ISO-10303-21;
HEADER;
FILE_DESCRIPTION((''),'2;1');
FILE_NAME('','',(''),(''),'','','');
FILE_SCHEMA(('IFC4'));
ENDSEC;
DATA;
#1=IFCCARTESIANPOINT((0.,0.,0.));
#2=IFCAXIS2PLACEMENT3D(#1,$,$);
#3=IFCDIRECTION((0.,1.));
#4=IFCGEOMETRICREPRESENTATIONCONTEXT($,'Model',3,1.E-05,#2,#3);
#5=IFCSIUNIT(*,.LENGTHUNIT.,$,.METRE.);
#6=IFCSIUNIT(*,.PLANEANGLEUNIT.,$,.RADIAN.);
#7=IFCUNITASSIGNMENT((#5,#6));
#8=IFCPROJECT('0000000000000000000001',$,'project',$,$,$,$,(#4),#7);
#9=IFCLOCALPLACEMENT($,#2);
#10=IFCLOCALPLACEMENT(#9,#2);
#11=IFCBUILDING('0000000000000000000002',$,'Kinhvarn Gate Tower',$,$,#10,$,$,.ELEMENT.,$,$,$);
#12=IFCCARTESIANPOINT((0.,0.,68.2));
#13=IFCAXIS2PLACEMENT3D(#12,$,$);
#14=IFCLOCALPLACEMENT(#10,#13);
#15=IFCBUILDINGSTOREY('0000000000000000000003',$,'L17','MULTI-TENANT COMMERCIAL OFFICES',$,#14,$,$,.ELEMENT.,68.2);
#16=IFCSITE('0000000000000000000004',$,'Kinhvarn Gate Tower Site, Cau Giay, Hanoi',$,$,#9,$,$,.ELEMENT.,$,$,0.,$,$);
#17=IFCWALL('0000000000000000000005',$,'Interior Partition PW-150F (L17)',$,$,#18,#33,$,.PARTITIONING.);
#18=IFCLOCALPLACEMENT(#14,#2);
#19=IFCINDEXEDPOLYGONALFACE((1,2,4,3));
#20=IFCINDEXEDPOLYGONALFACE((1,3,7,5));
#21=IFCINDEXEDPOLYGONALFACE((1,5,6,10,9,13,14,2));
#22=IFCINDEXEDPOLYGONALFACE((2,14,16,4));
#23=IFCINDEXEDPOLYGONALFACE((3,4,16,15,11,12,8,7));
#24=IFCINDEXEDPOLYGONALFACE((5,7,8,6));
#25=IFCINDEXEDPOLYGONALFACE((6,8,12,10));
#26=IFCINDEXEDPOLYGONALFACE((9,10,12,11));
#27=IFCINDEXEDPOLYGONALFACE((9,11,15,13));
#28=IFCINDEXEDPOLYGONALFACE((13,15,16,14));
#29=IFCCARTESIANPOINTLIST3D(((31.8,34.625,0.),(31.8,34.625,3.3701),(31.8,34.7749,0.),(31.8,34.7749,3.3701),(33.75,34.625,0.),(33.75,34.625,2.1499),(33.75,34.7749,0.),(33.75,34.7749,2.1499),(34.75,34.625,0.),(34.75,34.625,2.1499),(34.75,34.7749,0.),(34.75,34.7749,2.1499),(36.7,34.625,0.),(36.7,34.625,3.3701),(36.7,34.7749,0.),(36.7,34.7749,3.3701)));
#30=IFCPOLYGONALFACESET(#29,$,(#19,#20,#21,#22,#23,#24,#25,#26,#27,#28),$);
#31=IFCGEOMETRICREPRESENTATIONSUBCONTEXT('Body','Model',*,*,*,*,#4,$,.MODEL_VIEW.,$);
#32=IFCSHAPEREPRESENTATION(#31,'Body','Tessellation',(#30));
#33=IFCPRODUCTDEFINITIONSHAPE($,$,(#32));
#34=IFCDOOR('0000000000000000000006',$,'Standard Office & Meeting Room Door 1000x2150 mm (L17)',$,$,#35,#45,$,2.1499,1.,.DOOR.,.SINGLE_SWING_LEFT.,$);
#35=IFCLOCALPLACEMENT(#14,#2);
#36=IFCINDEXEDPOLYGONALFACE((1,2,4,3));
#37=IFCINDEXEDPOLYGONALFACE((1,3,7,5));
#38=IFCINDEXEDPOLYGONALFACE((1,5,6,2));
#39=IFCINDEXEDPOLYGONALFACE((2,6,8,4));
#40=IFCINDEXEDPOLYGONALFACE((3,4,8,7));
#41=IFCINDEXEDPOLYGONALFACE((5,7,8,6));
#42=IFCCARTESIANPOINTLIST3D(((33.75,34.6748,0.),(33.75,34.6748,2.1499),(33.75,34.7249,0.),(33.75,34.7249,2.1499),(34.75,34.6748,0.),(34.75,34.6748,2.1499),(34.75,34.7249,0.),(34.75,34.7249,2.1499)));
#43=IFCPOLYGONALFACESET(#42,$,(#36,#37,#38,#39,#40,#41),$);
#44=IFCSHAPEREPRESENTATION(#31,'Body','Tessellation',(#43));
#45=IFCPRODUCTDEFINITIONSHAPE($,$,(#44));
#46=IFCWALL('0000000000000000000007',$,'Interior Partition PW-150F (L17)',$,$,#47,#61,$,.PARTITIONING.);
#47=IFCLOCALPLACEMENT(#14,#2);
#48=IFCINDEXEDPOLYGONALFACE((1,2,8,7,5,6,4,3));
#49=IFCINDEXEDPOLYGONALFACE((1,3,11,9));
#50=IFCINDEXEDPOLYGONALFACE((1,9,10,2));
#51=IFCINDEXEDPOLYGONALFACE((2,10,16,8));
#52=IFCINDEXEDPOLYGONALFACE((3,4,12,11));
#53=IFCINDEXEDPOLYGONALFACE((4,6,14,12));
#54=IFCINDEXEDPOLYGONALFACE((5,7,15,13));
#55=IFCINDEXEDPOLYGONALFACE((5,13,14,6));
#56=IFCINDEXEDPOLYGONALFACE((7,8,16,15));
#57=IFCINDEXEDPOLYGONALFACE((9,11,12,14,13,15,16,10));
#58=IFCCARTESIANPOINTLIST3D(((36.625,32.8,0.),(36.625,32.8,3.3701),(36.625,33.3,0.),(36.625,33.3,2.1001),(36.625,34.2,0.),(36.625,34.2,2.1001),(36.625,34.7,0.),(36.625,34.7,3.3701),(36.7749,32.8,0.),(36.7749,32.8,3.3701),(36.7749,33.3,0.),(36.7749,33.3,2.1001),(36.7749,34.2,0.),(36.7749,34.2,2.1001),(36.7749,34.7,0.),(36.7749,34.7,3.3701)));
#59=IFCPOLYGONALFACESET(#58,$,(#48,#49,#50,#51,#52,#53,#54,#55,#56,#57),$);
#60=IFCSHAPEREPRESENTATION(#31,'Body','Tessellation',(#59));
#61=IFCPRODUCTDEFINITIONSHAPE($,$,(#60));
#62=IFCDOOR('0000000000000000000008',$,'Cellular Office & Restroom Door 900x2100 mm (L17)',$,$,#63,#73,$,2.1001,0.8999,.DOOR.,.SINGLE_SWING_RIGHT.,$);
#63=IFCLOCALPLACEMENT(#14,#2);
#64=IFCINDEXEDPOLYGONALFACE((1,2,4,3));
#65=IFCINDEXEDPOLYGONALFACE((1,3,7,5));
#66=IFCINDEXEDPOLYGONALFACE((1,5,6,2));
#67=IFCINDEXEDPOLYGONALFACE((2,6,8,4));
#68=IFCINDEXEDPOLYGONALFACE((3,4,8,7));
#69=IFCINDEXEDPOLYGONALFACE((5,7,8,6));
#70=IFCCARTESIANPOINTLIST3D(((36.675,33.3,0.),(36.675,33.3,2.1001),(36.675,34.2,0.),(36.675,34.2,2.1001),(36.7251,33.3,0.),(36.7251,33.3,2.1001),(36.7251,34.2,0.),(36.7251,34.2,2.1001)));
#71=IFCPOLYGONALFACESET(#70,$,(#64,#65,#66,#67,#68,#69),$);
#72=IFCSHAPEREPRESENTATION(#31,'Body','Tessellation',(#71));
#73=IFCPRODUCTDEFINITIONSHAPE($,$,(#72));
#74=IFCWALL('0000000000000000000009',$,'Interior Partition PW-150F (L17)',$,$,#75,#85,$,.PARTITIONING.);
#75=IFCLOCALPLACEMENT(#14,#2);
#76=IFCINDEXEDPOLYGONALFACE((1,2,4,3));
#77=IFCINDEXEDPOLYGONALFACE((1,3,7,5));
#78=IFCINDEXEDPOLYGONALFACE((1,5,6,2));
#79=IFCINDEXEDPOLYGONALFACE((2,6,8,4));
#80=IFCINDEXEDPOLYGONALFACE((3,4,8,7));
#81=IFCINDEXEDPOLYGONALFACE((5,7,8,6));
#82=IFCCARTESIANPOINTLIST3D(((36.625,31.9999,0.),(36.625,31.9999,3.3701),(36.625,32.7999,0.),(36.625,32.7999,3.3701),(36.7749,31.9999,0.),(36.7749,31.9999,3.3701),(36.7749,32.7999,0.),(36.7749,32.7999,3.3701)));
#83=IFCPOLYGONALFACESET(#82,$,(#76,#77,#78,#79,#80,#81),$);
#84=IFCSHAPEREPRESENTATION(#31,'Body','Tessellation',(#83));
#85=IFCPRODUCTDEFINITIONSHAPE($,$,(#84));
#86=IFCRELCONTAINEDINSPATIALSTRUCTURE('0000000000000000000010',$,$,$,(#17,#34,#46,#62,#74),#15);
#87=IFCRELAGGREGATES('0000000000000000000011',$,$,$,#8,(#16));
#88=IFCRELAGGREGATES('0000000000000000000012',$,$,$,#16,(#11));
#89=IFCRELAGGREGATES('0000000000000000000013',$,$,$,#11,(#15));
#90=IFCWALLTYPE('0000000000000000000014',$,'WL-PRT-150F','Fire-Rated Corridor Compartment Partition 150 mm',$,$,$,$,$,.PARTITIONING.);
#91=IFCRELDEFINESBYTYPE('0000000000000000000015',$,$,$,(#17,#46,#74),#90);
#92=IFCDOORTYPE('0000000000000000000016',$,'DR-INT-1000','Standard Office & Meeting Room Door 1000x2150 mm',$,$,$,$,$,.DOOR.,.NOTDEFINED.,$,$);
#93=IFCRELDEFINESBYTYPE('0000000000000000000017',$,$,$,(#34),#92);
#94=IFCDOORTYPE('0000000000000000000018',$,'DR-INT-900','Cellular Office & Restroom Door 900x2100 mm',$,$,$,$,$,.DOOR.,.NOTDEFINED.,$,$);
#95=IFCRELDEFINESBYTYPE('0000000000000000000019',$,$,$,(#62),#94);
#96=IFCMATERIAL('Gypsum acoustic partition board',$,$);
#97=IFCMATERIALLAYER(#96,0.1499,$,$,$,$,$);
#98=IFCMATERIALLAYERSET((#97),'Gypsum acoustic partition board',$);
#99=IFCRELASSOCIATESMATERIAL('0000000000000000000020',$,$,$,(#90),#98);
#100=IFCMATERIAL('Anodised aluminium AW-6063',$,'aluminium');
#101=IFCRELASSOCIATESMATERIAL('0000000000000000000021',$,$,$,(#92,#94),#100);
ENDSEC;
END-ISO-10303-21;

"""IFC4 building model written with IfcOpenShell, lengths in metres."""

from ifc_helpers import new_model, si_unit, direction, frame, frame_2d, origin, place, context, subcontext, project, spatial, rectangle, extrude, material, layer, layer_set, type_object, element, fill, save


model = new_model("IFC4")

# Units and contexts
model_context = context("Model", 3, precision=1e-05, world=origin(), true_north=direction((0.0, 1.0)))
body_context = subcontext(model_context, "Body", "Model", "MODEL_VIEW")
ifc_project = project(units=[si_unit("LENGTHUNIT", "METRE"), si_unit("PLANEANGLEUNIT", "RADIAN")], contexts=[model_context])

# Site, building, storey
site_placement = place(None, origin())
site = spatial("IfcSite", under=ifc_project, at=site_placement, Name="Kinhvarn Gate Tower Site, Cau Giay, Hanoi", CompositionType="ELEMENT", RefElevation=0.0)
building_placement = place(site_placement, origin())
building = spatial("IfcBuilding", under=site, at=building_placement, Name="Kinhvarn Gate Tower", CompositionType="ELEMENT")
storey_placement = place(building_placement, frame((0.0, 0.0, 68.2)))
storey = spatial("IfcBuildingStorey", under=building, at=storey_placement, Name="L17", Description="MULTI-TENANT COMMERCIAL OFFICES", CompositionType="ELEMENT", Elevation=68.2)

# Shared definitions
ifc_material_1 = material(Name="Gypsum acoustic partition board")

# Walls, openings, doors
ifc_layer_1 = layer(ifc_material_1, 0.1499)
ifc_layer_set_1 = layer_set([ifc_layer_1], Name="Gypsum acoustic partition board")
wall_type_1 = type_object("IfcWallType", Name="WL-PRT-150F", Description="Fire-Rated Corridor Compartment Partition 150 mm", PredefinedType="PARTITIONING", material=ifc_layer_set_1)
wall_1_placement = place(storey_placement, frame((31.8, 34.7, 0.0), z_axis=(0.0, 0.0, 1.0), x_axis=(1.0, 0.0, 0.0)))
wall_1 = element("IfcWall", 1, at=wall_1_placement, inside=storey, type_object=wall_type_1, Name="Interior Partition PW-150F (L17)", PredefinedType="PARTITIONING", context=body_context, shape_type="SweptSolid", body=[
    extrude(rectangle(XDim=4.8999, YDim=0.1499, at=frame_2d((2.45, 0.0))), origin(), (0.0, 0.0, 1.0), 3.3701),
])
opening_1_placement = place(wall_1_placement, frame((1.95, 0.0, 0.0)))
opening_1 = element("IfcOpeningElement", 2, at=opening_1_placement, cuts=wall_1, PredefinedType="OPENING", context=body_context, shape_type="SweptSolid", body=[
    extrude(rectangle(XDim=1.0, YDim=2.1499, at=frame_2d((0.5, 1.075))), frame((0.0, 0.085, 0.0), z_axis=(0.0, -1.0, 0.0), x_axis=(1.0, 0.0, 0.0)), (0.0, 0.0, 1.0), 0.1699),
])
ifc_material_2 = material(Name="Anodised aluminium AW-6063", Category="aluminium")
door_type_1 = type_object("IfcDoorType", Name="DR-INT-1000", Description="Standard Office & Meeting Room Door 1000x2150 mm", OperationType="NOTDEFINED", PredefinedType="DOOR", material=ifc_material_2)
door_1_placement = place(opening_1_placement, origin())
door_1 = element("IfcDoor", 3, at=door_1_placement, inside=storey, type_object=door_type_1, Name="Standard Office & Meeting Room Door 1000x2150 mm (L17)", OperationType="SINGLE_SWING_LEFT", OverallHeight=2.1499, OverallWidth=1.0, PredefinedType="DOOR", context=body_context, shape_type="SweptSolid", body=[
    extrude(rectangle(XDim=1.0, YDim=2.1499, at=frame_2d((0.5, 1.075))), frame((0.0, 0.0249, 0.0), z_axis=(0.0, -1.0, 0.0), x_axis=(1.0, 0.0, 0.0)), (0.0, 0.0, 1.0), 0.05),
])
fill(opening_1, door_1)
wall_2_placement = place(storey_placement, frame((36.7, 32.8, 0.0), z_axis=(0.0, 0.0, 1.0), x_axis=(0.0, 1.0, 0.0)))
wall_2 = element("IfcWall", 4, at=wall_2_placement, inside=storey, type_object=wall_type_1, Name="Interior Partition PW-150F (L17)", PredefinedType="PARTITIONING", context=body_context, shape_type="SweptSolid", body=[
    extrude(rectangle(XDim=1.8999, YDim=0.1499, at=frame_2d((0.95, 0.0))), origin(), (0.0, 0.0, 1.0), 3.3701),
])
opening_2_placement = place(wall_2_placement, frame((0.5, 0.0, 0.0)))
opening_2 = element("IfcOpeningElement", 5, at=opening_2_placement, cuts=wall_2, PredefinedType="OPENING", context=body_context, shape_type="SweptSolid", body=[
    extrude(rectangle(XDim=0.8999, YDim=2.1001, at=frame_2d((0.45, 1.05))), frame((0.0, 0.085, 0.0), z_axis=(0.0, -1.0, 0.0), x_axis=(1.0, 0.0, 0.0)), (0.0, 0.0, 1.0), 0.1699),
])
door_type_2 = type_object("IfcDoorType", Name="DR-INT-900", Description="Cellular Office & Restroom Door 900x2100 mm", OperationType="NOTDEFINED", PredefinedType="DOOR", material=ifc_material_2)
door_2_placement = place(opening_2_placement, origin())
door_2 = element("IfcDoor", 6, at=door_2_placement, inside=storey, type_object=door_type_2, Name="Cellular Office & Restroom Door 900x2100 mm (L17)", OperationType="SINGLE_SWING_RIGHT", OverallHeight=2.1001, OverallWidth=0.8999, PredefinedType="DOOR", context=body_context, shape_type="SweptSolid", body=[
    extrude(rectangle(XDim=0.8999, YDim=2.1001, at=frame_2d((0.45, 1.05))), frame((0.0, 0.0249, 0.0), z_axis=(0.0, -1.0, 0.0), x_axis=(1.0, 0.0, 0.0)), (0.0, 0.0, 1.0), 0.05),
])
fill(opening_2, door_2)

# Wall
wall_3_placement = place(storey_placement, frame((36.7, 32.0, 0.0), z_axis=(0.0, 0.0, 1.0), x_axis=(0.0, 1.0, 0.0)))
element("IfcWall", 7, at=wall_3_placement, inside=storey, type_object=wall_type_1, Name="Interior Partition PW-150F (L17)", PredefinedType="PARTITIONING", context=body_context, shape_type="SweptSolid", body=[
    extrude(rectangle(XDim=0.8, YDim=0.1499, at=frame_2d((0.3999, 0.0))), origin(), (0.0, 0.0, 1.0), 3.3701),
])

save(model, "model.ifc")
